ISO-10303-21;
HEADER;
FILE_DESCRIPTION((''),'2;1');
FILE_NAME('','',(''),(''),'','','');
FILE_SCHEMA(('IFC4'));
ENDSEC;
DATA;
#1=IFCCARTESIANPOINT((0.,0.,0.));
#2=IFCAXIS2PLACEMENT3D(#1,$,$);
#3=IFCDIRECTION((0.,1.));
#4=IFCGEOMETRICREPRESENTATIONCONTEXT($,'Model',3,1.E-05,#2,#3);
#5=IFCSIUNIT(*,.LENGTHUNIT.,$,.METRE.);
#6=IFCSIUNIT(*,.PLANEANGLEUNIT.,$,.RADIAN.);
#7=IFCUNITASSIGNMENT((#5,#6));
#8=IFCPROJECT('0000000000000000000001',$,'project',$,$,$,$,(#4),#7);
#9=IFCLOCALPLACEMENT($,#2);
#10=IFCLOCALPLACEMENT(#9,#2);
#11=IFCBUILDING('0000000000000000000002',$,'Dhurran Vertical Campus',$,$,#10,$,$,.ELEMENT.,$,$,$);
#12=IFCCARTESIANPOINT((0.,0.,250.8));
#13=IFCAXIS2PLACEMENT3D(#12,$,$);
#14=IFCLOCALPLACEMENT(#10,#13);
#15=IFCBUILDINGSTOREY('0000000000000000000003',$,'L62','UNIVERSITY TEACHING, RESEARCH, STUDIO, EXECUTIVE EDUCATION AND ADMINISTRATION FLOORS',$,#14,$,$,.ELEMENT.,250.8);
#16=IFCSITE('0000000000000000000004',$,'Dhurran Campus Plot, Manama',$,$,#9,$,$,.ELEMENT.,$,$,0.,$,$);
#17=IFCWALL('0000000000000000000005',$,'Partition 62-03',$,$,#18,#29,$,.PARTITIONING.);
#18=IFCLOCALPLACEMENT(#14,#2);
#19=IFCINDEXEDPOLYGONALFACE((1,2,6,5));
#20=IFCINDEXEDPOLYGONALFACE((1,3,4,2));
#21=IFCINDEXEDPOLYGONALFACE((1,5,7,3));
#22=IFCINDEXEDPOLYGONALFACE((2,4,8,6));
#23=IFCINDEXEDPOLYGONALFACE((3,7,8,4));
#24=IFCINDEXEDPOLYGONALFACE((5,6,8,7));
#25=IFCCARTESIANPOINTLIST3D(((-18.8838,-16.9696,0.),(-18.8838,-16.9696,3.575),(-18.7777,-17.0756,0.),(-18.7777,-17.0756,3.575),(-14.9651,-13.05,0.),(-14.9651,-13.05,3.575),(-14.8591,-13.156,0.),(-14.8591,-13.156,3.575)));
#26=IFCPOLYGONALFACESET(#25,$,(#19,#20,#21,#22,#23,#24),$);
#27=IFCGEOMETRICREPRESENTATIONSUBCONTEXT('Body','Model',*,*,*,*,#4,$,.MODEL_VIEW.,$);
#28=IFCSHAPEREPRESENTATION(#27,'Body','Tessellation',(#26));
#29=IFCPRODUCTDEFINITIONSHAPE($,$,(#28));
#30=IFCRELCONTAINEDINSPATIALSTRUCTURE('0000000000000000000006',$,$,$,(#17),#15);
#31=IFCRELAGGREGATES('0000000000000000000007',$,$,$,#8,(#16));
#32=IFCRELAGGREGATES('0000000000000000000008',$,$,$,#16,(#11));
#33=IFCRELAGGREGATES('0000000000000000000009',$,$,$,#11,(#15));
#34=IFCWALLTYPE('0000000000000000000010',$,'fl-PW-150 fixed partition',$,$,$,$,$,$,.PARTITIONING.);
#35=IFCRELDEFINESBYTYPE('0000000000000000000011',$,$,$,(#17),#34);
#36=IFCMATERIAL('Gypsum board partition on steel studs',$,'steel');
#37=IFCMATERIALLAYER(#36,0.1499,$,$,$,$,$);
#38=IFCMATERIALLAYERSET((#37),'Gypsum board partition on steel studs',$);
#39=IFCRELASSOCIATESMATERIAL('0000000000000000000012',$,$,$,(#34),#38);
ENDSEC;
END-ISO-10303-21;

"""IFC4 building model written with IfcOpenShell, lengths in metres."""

from ifc_helpers import new_model, si_unit, direction, frame, frame_2d, origin, place, context, subcontext, project, spatial, rectangle, extrude, material, layer, layer_set, type_object, element, save


model = new_model("IFC4")

# Units and contexts
model_context = context("Model", 3, precision=1e-05, world=origin(), true_north=direction((0.0, 1.0)))
body_context = subcontext(model_context, "Body", "Model", "MODEL_VIEW")
ifc_project = project(units=[si_unit("LENGTHUNIT", "METRE"), si_unit("PLANEANGLEUNIT", "RADIAN")], contexts=[model_context])

# Site, building, storey
site_placement = place(None, origin())
site = spatial("IfcSite", under=ifc_project, at=site_placement, Name="Dhurran Campus Plot, Manama", CompositionType="ELEMENT", RefElevation=0.0)
building_placement = place(site_placement, origin())
building = spatial("IfcBuilding", under=site, at=building_placement, Name="Dhurran Vertical Campus", CompositionType="ELEMENT")
storey_placement = place(building_placement, frame((0.0, 0.0, 250.8)))
storey = spatial("IfcBuildingStorey", under=building, at=storey_placement, Name="L62", Description="UNIVERSITY TEACHING, RESEARCH, STUDIO, EXECUTIVE EDUCATION AND ADMINISTRATION FLOORS", CompositionType="ELEMENT", Elevation=250.8)

# Wall
ifc_material_1 = material(Name="Gypsum board partition on steel studs", Category="steel")
ifc_layer_1 = layer(ifc_material_1, 0.1499)
ifc_layer_set_1 = layer_set([ifc_layer_1], Name="Gypsum board partition on steel studs")
wall_type_1 = type_object("IfcWallType", Name="fl-PW-150 fixed partition", PredefinedType="PARTITIONING", material=ifc_layer_set_1)
wall_1_placement = place(storey_placement, frame((-14.9121, -13.103, 0.0), z_axis=(0.0, 0.0, 1.0), x_axis=(-0.707019, -0.707195, 0.0)))
element("IfcWall", 1, at=wall_1_placement, inside=storey, type_object=wall_type_1, Name="Partition 62-03", PredefinedType="PARTITIONING", context=body_context, shape_type="SweptSolid", body=[
    extrude(rectangle(XDim=5.5425, YDim=0.1499, at=frame_2d((2.7712, 0.0))), origin(), (0.0, 0.0, 1.0), 3.575),
])

save(model, "model.ifc")
